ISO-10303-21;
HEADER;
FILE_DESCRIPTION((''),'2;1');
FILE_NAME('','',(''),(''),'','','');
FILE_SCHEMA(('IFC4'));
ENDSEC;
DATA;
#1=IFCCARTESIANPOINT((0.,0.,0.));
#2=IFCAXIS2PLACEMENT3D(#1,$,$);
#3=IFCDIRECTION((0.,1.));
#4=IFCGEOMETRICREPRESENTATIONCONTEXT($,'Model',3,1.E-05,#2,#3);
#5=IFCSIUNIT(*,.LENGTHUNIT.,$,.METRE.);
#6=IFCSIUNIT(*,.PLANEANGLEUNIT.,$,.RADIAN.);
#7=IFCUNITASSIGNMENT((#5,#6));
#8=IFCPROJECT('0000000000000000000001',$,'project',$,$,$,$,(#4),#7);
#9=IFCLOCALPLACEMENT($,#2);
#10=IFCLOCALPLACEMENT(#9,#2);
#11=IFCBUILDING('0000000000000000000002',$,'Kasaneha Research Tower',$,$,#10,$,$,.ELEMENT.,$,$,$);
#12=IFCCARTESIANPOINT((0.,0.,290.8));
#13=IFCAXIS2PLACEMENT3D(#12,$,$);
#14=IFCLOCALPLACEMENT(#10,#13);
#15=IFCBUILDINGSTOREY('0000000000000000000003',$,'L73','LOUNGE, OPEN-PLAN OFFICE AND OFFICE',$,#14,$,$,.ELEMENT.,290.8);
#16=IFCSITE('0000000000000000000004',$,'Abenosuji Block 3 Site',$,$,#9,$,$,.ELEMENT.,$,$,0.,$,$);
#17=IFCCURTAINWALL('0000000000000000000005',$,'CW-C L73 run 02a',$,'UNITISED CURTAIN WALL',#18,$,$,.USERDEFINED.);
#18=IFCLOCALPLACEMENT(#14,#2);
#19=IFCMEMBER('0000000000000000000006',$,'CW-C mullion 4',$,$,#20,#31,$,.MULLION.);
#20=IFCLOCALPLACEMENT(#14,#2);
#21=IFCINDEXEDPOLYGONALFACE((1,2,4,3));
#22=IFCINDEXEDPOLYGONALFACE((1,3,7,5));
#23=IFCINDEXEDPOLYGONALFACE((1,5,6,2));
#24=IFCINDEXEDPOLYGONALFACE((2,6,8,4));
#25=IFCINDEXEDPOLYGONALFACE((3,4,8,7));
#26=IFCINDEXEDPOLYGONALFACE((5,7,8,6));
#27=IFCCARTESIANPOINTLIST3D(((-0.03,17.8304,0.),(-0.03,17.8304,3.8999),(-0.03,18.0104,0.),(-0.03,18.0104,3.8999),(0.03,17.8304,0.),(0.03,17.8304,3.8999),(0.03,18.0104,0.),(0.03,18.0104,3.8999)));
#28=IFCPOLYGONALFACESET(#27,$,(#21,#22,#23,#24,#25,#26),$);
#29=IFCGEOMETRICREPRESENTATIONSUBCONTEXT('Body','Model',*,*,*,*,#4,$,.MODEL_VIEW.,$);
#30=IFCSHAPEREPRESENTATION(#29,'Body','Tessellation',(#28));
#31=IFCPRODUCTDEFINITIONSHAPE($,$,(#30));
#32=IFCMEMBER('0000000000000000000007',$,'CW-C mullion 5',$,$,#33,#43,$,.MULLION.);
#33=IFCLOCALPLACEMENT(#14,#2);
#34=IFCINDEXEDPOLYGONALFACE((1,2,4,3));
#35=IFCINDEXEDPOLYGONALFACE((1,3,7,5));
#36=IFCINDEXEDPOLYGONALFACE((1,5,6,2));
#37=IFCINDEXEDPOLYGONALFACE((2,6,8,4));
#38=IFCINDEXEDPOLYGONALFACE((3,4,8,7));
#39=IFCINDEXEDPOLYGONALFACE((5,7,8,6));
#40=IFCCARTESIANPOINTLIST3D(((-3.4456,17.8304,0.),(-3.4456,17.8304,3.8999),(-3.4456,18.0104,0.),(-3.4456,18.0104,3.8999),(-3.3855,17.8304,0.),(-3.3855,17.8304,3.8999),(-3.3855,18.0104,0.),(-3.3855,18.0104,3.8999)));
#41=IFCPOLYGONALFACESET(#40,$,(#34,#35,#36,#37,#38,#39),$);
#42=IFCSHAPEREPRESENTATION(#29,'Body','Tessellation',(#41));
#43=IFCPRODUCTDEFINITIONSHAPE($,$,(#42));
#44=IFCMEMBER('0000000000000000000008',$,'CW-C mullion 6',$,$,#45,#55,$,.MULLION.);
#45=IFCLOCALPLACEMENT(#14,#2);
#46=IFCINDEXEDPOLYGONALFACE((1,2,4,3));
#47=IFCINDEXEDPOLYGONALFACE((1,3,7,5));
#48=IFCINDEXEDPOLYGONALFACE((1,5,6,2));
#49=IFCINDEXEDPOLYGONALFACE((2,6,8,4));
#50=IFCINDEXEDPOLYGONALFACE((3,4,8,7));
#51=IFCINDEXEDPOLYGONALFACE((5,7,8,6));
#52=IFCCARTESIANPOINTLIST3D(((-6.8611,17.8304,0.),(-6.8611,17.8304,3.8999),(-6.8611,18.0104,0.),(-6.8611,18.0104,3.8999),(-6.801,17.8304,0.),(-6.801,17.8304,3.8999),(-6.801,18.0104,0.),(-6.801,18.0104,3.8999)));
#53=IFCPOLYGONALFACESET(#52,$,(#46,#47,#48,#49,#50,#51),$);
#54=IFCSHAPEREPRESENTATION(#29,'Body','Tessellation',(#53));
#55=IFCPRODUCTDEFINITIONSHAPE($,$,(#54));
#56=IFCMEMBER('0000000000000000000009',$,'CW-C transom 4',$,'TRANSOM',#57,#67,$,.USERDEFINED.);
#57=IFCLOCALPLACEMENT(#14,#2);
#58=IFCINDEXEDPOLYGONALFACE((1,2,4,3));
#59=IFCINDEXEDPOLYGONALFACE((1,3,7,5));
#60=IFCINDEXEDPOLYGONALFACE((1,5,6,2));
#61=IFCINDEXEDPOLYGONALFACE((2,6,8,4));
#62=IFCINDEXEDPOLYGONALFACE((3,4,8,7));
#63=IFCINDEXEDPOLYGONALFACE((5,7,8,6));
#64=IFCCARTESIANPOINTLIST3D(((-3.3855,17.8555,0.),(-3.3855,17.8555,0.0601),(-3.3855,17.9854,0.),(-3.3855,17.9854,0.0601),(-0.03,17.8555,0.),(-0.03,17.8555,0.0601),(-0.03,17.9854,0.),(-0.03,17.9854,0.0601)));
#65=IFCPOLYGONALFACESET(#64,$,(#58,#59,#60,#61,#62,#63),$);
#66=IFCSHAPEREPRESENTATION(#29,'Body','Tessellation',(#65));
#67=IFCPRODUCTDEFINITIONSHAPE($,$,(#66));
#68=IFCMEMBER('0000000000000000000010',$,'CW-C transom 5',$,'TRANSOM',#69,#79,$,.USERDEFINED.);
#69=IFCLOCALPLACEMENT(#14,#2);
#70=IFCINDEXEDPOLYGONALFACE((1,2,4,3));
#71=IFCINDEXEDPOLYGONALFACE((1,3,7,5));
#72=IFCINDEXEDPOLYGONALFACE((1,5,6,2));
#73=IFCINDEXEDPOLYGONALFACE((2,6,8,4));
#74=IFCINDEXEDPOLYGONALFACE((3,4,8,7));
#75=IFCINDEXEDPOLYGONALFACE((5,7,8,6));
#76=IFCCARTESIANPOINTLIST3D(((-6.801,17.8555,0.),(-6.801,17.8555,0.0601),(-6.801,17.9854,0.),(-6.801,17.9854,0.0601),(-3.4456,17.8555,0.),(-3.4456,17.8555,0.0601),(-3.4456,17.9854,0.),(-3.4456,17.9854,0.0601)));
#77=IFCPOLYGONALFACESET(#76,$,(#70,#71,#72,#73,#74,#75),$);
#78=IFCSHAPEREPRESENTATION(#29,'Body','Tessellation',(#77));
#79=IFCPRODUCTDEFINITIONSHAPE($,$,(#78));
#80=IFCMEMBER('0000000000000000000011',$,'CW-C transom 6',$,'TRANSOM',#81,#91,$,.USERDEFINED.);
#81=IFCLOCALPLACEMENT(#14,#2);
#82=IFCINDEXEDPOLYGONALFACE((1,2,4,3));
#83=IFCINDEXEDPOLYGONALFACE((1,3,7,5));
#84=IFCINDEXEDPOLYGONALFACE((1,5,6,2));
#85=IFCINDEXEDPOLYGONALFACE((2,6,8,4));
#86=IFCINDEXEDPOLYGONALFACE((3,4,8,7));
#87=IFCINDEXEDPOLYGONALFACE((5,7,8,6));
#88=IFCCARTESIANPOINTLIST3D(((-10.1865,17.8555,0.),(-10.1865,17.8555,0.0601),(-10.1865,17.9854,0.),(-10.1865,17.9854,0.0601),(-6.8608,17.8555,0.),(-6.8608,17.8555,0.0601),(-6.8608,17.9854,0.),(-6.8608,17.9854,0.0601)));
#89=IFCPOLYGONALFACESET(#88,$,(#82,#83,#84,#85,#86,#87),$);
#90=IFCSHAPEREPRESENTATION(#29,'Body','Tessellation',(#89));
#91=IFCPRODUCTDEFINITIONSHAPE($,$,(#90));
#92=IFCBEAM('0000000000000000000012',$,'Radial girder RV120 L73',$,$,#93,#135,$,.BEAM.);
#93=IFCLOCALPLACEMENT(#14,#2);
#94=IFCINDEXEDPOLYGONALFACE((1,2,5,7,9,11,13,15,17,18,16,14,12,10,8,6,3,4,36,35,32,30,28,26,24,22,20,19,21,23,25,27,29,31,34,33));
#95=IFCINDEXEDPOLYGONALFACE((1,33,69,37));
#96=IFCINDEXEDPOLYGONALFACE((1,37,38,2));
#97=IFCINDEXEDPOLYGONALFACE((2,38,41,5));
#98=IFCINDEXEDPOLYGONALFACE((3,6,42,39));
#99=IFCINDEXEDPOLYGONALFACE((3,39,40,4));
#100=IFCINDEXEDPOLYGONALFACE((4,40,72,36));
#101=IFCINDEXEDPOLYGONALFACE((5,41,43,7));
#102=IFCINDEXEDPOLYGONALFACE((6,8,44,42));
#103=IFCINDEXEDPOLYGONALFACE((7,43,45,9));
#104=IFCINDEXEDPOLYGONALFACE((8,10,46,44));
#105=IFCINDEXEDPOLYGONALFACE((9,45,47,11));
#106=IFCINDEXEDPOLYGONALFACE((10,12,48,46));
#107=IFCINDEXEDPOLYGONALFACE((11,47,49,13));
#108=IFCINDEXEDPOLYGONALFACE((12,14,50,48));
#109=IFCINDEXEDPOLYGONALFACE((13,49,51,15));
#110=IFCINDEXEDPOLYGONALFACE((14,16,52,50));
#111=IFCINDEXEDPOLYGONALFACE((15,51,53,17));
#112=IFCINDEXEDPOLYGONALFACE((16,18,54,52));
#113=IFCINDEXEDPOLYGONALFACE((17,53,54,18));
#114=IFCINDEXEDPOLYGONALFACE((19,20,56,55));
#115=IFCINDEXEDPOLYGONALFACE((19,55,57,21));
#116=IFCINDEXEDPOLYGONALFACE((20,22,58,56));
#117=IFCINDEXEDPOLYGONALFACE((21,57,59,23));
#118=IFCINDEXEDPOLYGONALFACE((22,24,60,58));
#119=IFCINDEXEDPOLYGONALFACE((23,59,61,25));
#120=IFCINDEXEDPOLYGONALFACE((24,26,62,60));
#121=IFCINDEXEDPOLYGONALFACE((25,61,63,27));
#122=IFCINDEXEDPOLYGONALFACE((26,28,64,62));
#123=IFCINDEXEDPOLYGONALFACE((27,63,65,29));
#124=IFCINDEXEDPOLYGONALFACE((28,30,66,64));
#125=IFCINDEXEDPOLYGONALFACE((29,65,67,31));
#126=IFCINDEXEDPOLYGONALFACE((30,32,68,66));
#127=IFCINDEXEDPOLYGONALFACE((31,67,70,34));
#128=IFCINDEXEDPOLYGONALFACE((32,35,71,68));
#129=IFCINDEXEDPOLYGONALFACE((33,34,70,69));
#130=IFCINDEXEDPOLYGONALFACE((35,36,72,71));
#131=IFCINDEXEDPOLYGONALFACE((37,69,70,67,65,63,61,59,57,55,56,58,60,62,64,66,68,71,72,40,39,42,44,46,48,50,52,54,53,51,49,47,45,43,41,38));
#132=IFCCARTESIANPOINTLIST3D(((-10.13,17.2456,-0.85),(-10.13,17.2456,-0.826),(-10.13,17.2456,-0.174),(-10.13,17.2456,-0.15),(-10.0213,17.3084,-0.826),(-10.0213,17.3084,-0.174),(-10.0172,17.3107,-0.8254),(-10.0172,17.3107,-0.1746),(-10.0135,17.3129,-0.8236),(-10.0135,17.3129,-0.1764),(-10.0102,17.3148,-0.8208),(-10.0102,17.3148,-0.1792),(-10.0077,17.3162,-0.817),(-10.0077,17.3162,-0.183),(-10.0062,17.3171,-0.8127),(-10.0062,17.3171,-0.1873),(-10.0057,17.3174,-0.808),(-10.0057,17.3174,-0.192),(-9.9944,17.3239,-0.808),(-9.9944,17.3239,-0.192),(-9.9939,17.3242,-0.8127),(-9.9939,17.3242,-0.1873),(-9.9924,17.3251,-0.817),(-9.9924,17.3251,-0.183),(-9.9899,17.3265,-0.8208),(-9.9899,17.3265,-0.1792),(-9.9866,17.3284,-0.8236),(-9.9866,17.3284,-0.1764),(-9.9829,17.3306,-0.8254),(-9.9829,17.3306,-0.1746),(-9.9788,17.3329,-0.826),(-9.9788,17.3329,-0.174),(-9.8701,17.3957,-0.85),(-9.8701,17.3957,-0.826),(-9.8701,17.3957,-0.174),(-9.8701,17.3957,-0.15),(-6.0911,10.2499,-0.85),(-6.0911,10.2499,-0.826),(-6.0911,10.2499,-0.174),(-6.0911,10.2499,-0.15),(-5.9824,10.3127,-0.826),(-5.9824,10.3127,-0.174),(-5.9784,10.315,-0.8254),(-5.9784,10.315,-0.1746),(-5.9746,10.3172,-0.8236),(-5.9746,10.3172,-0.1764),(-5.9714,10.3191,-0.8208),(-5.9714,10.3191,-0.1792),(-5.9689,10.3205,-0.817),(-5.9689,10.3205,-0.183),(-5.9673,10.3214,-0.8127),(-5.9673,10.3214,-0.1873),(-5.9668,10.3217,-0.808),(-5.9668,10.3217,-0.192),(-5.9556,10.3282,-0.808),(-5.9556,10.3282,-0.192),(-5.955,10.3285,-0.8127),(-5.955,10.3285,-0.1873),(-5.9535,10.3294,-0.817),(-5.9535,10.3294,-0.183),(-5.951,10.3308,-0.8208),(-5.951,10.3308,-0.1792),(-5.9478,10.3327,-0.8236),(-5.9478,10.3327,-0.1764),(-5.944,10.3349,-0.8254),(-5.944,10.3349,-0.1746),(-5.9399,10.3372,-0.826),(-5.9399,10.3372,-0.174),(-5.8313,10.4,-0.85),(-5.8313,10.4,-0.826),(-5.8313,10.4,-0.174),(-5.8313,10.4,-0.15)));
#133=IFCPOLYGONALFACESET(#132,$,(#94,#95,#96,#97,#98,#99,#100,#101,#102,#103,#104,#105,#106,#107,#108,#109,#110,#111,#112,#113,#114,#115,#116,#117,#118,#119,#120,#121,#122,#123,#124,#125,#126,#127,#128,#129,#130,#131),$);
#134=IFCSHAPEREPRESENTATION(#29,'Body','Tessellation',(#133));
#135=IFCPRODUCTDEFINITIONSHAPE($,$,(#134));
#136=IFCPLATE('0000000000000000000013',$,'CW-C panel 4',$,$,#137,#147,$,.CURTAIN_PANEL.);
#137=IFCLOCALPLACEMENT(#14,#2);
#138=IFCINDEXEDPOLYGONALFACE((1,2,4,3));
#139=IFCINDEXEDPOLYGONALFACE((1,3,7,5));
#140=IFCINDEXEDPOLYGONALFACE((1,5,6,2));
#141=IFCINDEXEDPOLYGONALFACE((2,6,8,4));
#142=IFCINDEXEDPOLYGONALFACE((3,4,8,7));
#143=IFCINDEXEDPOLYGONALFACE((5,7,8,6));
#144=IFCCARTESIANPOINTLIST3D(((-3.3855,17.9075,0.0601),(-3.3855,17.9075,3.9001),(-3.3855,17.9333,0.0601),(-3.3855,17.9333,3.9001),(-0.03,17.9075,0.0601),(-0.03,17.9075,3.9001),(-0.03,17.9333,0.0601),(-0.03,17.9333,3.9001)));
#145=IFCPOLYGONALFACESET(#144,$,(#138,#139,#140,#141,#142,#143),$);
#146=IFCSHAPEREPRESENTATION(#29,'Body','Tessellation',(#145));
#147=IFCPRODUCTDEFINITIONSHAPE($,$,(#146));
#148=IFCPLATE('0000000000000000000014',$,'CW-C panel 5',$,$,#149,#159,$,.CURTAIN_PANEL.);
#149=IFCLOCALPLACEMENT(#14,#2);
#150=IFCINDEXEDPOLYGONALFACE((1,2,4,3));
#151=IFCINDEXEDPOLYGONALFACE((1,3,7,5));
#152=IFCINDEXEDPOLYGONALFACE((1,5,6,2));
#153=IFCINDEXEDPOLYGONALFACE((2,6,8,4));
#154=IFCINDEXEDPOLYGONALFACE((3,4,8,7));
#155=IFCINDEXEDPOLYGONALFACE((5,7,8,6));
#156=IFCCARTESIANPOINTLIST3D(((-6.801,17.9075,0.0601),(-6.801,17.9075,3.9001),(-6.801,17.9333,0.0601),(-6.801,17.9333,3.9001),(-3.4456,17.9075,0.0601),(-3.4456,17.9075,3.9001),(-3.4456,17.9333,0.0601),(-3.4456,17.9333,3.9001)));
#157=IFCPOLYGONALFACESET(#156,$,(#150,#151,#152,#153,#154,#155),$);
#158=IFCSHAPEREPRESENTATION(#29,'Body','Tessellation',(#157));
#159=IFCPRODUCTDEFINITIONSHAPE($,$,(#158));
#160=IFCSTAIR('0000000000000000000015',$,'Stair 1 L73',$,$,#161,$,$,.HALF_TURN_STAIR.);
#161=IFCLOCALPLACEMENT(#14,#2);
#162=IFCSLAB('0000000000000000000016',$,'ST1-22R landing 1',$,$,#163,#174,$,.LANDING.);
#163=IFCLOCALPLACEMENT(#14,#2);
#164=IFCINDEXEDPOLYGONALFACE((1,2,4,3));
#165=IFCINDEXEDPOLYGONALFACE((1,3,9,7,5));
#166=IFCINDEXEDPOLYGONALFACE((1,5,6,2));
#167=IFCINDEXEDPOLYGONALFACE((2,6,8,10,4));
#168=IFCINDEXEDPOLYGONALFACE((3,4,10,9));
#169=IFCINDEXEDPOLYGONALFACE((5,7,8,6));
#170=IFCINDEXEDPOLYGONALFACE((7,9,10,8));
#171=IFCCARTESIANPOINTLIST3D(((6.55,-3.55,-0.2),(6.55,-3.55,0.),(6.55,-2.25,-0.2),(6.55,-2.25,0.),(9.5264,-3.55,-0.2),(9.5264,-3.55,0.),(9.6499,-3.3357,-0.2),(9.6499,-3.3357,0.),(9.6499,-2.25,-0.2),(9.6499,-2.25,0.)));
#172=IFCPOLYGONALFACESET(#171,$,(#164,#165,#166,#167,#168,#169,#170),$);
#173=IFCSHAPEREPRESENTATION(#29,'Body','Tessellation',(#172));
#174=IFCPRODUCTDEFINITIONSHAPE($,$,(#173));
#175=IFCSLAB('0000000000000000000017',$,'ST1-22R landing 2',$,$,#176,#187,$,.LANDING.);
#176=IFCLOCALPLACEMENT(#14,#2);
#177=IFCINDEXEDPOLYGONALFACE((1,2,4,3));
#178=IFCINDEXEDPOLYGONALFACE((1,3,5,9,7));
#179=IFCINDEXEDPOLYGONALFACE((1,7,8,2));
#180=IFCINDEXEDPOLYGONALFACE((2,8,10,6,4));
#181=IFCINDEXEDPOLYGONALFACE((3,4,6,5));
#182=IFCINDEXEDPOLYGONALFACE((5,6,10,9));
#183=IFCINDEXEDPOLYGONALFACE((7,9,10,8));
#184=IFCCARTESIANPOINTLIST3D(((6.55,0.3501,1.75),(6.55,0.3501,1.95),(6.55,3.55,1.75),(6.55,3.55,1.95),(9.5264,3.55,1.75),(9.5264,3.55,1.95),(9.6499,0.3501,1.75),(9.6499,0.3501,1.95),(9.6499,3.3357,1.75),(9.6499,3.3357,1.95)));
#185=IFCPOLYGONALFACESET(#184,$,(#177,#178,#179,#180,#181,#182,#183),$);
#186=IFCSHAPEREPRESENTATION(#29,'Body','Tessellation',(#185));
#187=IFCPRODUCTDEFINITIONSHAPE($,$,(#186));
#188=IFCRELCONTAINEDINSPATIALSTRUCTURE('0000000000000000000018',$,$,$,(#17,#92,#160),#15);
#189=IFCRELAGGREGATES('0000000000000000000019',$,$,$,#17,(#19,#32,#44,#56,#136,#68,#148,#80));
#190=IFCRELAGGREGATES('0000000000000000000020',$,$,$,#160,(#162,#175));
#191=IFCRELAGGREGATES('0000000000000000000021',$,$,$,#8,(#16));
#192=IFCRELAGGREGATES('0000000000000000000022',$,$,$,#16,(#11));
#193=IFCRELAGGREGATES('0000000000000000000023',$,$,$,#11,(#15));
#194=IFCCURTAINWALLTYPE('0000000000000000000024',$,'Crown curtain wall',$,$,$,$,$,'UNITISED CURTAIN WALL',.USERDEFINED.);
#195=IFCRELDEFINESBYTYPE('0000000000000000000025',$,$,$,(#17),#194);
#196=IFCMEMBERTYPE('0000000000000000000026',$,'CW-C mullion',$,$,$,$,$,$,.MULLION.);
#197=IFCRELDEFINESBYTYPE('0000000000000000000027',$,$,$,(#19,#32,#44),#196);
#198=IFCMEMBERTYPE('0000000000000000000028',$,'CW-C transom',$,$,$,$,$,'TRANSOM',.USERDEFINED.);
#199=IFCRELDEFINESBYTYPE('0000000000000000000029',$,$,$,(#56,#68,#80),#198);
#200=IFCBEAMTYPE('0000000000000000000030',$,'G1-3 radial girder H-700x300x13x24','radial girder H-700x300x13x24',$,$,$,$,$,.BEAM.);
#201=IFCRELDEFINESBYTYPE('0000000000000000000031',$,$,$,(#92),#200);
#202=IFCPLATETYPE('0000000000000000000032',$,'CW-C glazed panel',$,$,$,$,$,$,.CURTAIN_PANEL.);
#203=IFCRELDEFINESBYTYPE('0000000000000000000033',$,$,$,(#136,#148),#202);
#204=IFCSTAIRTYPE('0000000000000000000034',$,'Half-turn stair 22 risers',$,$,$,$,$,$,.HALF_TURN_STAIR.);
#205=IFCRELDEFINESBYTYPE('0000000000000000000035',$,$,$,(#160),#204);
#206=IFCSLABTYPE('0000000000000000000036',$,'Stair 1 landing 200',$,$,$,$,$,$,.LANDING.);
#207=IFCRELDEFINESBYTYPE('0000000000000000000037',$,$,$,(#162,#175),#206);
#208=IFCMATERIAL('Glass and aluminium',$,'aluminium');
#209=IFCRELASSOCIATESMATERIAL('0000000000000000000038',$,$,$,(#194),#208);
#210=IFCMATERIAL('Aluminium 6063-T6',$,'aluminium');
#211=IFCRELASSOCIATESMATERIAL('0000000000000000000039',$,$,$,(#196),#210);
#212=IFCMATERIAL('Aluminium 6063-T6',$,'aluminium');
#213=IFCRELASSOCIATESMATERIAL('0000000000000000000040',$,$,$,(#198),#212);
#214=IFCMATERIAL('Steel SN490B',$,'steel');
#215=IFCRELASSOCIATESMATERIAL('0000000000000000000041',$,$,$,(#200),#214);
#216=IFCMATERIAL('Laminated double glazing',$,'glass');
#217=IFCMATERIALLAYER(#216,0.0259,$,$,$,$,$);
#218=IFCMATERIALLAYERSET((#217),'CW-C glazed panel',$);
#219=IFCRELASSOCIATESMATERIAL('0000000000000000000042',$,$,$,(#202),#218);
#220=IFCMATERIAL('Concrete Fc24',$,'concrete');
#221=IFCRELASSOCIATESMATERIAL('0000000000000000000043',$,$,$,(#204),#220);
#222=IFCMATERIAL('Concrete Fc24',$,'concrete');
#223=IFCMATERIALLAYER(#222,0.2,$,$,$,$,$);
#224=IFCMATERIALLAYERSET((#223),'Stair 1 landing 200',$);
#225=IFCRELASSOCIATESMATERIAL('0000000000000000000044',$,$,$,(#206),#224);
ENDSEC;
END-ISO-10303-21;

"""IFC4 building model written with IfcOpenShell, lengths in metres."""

from ifc_helpers import new_model, si_unit, direction, frame, origin, origin_2d, place, context, subcontext, project, spatial, polyline, rectangle, i_section, outline, extrude, material, layer, layer_set, material_profile, profile_set, type_object, element, aggregate, save


model = new_model("IFC4")

# Units and contexts
model_context = context("Model", 3, precision=1e-05, world=origin(), true_north=direction((0.0, 1.0)))
body_context = subcontext(model_context, "Body", "Model", "MODEL_VIEW")
ifc_project = project(units=[si_unit("LENGTHUNIT", "METRE"), si_unit("PLANEANGLEUNIT", "RADIAN")], contexts=[model_context])

# Site, building, storey
site_placement = place(None, origin())
site = spatial("IfcSite", under=ifc_project, at=site_placement, Name="Abenosuji Block 3 Site", CompositionType="ELEMENT", RefElevation=0.0)
building_placement = place(site_placement, origin())
building = spatial("IfcBuilding", under=site, at=building_placement, Name="Kasaneha Research Tower", CompositionType="ELEMENT")
storey_placement = place(building_placement, frame((0.0, 0.0, 290.8)))
storey = spatial("IfcBuildingStorey", under=building, at=storey_placement, Name="L73", Description="LOUNGE, OPEN-PLAN OFFICE AND OFFICE", CompositionType="ELEMENT", Elevation=290.8)

# Curtain wall, members
ifc_material_1 = material(Name="Glass and aluminium", Category="aluminium")
curtain_wall_type = type_object("IfcCurtainWallType", Name="Crown curtain wall", ElementType="UNITISED CURTAIN WALL", PredefinedType="USERDEFINED", material=ifc_material_1)
curtain_wall_placement = place(storey_placement, origin())
curtain_wall = element("IfcCurtainWall", 1, at=curtain_wall_placement, inside=storey, type_object=curtain_wall_type, Name="CW-C L73 run 02a", ObjectType="UNITISED CURTAIN WALL", PredefinedType="USERDEFINED")
ifc_material_2 = material(Name="Aluminium 6063-T6", Category="aluminium")
ifc_material_profile_1 = material_profile(ifc_material_2, rectangle(XDim=0.0601, YDim=0.1799, at=origin_2d()), Name="CW-C mullion 60x180")
ifc_profile_set_1 = profile_set([ifc_material_profile_1], Name="Aluminium 6063-T6")
member_type_1 = type_object("IfcMemberType", Name="CW-C mullion", PredefinedType="MULLION", material=ifc_profile_set_1)
member_1_placement = place(storey_placement, frame((0.0, 17.9204, 0.0), z_axis=(0.0, 0.0, 1.0), x_axis=(-1.0, 0.0, 0.0)))
member_1 = element("IfcMember", 2, at=member_1_placement, type_object=member_type_1, Name="CW-C mullion 4", PredefinedType="MULLION", context=body_context, shape_type="SweptSolid", body=[
    extrude(rectangle(XDim=0.0601, YDim=0.1799, at=origin_2d()), origin(), (0.0, 0.0, 1.0), 3.8999),
])
member_2_placement = place(storey_placement, frame((-3.4155, 17.9204, 0.0), z_axis=(0.0, 0.0, 1.0), x_axis=(-1.0, 0.0, 0.0)))
member_2 = element("IfcMember", 3, at=member_2_placement, type_object=member_type_1, Name="CW-C mullion 5", PredefinedType="MULLION", context=body_context, shape_type="SweptSolid", body=[
    extrude(rectangle(XDim=0.0601, YDim=0.1799, at=origin_2d()), origin(), (0.0, 0.0, 1.0), 3.8999),
])
member_3_placement = place(storey_placement, frame((-6.8311, 17.9204, 0.0), z_axis=(0.0, 0.0, 1.0), x_axis=(-1.0, 0.0, 0.0)))
member_3 = element("IfcMember", 4, at=member_3_placement, type_object=member_type_1, Name="CW-C mullion 6", PredefinedType="MULLION", context=body_context, shape_type="SweptSolid", body=[
    extrude(rectangle(XDim=0.0601, YDim=0.1799, at=origin_2d()), origin(), (0.0, 0.0, 1.0), 3.8999),
])
ifc_material_3 = material(Name="Aluminium 6063-T6", Category="aluminium")
ifc_material_profile_2 = material_profile(ifc_material_3, rectangle(XDim=0.1299, YDim=0.0601, at=origin_2d()), Name="CW-C transom 130x60")
ifc_profile_set_2 = profile_set([ifc_material_profile_2], Name="Aluminium 6063-T6")
member_type_2 = type_object("IfcMemberType", Name="CW-C transom", ElementType="TRANSOM", PredefinedType="USERDEFINED", material=ifc_profile_set_2)
member_4_placement = place(storey_placement, frame((-0.03, 17.9204, 0.03), z_axis=(-1.0, 0.0, 0.0), x_axis=(0.0, -1.0, 0.0)))
member_4 = element("IfcMember", 5, at=member_4_placement, type_object=member_type_2, Name="CW-C transom 4", ObjectType="TRANSOM", PredefinedType="USERDEFINED", context=body_context, shape_type="SweptSolid", body=[
    extrude(rectangle(XDim=0.1299, YDim=0.0601, at=origin_2d()), origin(), (0.0, 0.0, 1.0), 3.3555),
])
member_5_placement = place(storey_placement, frame((-3.4456, 17.9204, 0.03), z_axis=(-1.0, 0.0, 0.0), x_axis=(0.0, -1.0, 0.0)))
member_5 = element("IfcMember", 6, at=member_5_placement, type_object=member_type_2, Name="CW-C transom 5", ObjectType="TRANSOM", PredefinedType="USERDEFINED", context=body_context, shape_type="SweptSolid", body=[
    extrude(rectangle(XDim=0.1299, YDim=0.0601, at=origin_2d()), origin(), (0.0, 0.0, 1.0), 3.3555),
])
member_6_placement = place(storey_placement, frame((-6.8608, 17.9204, 0.03), z_axis=(-1.0, 0.0, 0.0), x_axis=(0.0, -1.0, 0.0)))
member_6 = element("IfcMember", 7, at=member_6_placement, type_object=member_type_2, Name="CW-C transom 6", ObjectType="TRANSOM", PredefinedType="USERDEFINED", context=body_context, shape_type="SweptSolid", body=[
    extrude(rectangle(XDim=0.1299, YDim=0.0601, at=origin_2d()), origin(), (0.0, 0.0, 1.0), 3.3257),
])

# Beam
ifc_material_4 = material(Name="Steel SN490B", Category="steel")
ifc_material_profile_3 = material_profile(ifc_material_4, i_section(OverallWidth=0.3, OverallDepth=0.7, WebThickness=0.0129, FlangeThickness=0.0239, FilletRadius=0.0181, at=origin_2d()), Name="H-700x300x13x24")
ifc_profile_set_3 = profile_set([ifc_material_profile_3], Name="Steel SN490B")
beam_type = type_object("IfcBeamType", Name="G1-3 radial girder H-700x300x13x24", Description="radial girder H-700x300x13x24", PredefinedType="BEAM", material=ifc_profile_set_3)
beam_placement = place(storey_placement, frame((-5.9612, 10.325, -0.5), z_axis=(-0.499991, 0.866031, 0.0), x_axis=(-0.866031, -0.499991, 0.0)))
element("IfcBeam", 8, at=beam_placement, inside=storey, type_object=beam_type, Name="Radial girder RV120 L73", PredefinedType="BEAM", context=body_context, shape_type="SweptSolid", body=[
    extrude(i_section(OverallWidth=0.3, OverallDepth=0.7, WebThickness=0.0129, FlangeThickness=0.0239, FilletRadius=0.0181, at=origin_2d()), origin(), (0.0, 0.0, 1.0), 8.0779),
])

# Plates
ifc_material_5 = material(Name="Laminated double glazing", Category="glass")
ifc_layer_1 = layer(ifc_material_5, 0.0259)
ifc_layer_set_1 = layer_set([ifc_layer_1], Name="CW-C glazed panel")
plate_type = type_object("IfcPlateType", Name="CW-C glazed panel", PredefinedType="CURTAIN_PANEL", material=ifc_layer_set_1)
plate_1_placement = place(storey_placement, frame((-1.7078, 17.9204, 0.0601), z_axis=(0.0, 0.0, 1.0), x_axis=(-1.0, 0.0, 0.0)))
plate_1 = element("IfcPlate", 9, at=plate_1_placement, type_object=plate_type, Name="CW-C panel 4", PredefinedType="CURTAIN_PANEL", context=body_context, shape_type="SweptSolid", body=[
    extrude(rectangle(XDim=3.3555, YDim=0.0259, at=origin_2d()), origin(), (0.0, 0.0, 1.0), 3.8401),
])
plate_2_placement = place(storey_placement, frame((-5.1233, 17.9204, 0.0601), z_axis=(0.0, 0.0, 1.0), x_axis=(-1.0, 0.0, 0.0)))
plate_2 = element("IfcPlate", 10, at=plate_2_placement, type_object=plate_type, Name="CW-C panel 5", PredefinedType="CURTAIN_PANEL", context=body_context, shape_type="SweptSolid", body=[
    extrude(rectangle(XDim=3.3555, YDim=0.0259, at=origin_2d()), origin(), (0.0, 0.0, 1.0), 3.8401),
])
aggregate(curtain_wall, [member_1, member_2, member_3, member_4, plate_1, member_5, plate_2, member_6])

# Stair, slabs
ifc_material_6 = material(Name="Concrete Fc24", Category="concrete")
stair_type = type_object("IfcStairType", Name="Half-turn stair 22 risers", PredefinedType="HALF_TURN_STAIR", material=ifc_material_6)
stair_placement = place(storey_placement, origin())
stair = element("IfcStair", 11, at=stair_placement, inside=storey, type_object=stair_type, Name="Stair 1 L73", PredefinedType="HALF_TURN_STAIR")
ifc_material_7 = material(Name="Concrete Fc24", Category="concrete")
ifc_layer_2 = layer(ifc_material_7, 0.2)
ifc_layer_set_2 = layer_set([ifc_layer_2], Name="Stair 1 landing 200")
slab_type = type_object("IfcSlabType", Name="Stair 1 landing 200", PredefinedType="LANDING", material=ifc_layer_set_2)
slab_1_placement = place(storey_placement, frame((0.0, 0.0, -0.2)))
slab_1 = element("IfcSlab", 12, at=slab_1_placement, type_object=slab_type, Name="ST1-22R landing 1", PredefinedType="LANDING", context=body_context, shape_type="SweptSolid", body=[
    extrude(outline(polyline([(9.5264, -3.55), (6.55, -3.55), (6.55, -2.25), (9.6499, -2.25), (9.6499, -3.3357), (9.5264, -3.55)])), origin(), (0.0, 0.0, 1.0), 0.2),
])
slab_2_placement = place(storey_placement, frame((0.0, 0.0, 1.75)))
slab_2 = element("IfcSlab", 13, at=slab_2_placement, type_object=slab_type, Name="ST1-22R landing 2", PredefinedType="LANDING", context=body_context, shape_type="SweptSolid", body=[
    extrude(outline(polyline([(6.55, 3.55), (9.5264, 3.55), (9.6499, 3.3357), (9.6499, 0.3501), (6.55, 0.3501), (6.55, 3.55)])), origin(), (0.0, 0.0, 1.0), 0.2),
])
aggregate(stair, [slab_1, slab_2])

save(model, "model.ifc")
